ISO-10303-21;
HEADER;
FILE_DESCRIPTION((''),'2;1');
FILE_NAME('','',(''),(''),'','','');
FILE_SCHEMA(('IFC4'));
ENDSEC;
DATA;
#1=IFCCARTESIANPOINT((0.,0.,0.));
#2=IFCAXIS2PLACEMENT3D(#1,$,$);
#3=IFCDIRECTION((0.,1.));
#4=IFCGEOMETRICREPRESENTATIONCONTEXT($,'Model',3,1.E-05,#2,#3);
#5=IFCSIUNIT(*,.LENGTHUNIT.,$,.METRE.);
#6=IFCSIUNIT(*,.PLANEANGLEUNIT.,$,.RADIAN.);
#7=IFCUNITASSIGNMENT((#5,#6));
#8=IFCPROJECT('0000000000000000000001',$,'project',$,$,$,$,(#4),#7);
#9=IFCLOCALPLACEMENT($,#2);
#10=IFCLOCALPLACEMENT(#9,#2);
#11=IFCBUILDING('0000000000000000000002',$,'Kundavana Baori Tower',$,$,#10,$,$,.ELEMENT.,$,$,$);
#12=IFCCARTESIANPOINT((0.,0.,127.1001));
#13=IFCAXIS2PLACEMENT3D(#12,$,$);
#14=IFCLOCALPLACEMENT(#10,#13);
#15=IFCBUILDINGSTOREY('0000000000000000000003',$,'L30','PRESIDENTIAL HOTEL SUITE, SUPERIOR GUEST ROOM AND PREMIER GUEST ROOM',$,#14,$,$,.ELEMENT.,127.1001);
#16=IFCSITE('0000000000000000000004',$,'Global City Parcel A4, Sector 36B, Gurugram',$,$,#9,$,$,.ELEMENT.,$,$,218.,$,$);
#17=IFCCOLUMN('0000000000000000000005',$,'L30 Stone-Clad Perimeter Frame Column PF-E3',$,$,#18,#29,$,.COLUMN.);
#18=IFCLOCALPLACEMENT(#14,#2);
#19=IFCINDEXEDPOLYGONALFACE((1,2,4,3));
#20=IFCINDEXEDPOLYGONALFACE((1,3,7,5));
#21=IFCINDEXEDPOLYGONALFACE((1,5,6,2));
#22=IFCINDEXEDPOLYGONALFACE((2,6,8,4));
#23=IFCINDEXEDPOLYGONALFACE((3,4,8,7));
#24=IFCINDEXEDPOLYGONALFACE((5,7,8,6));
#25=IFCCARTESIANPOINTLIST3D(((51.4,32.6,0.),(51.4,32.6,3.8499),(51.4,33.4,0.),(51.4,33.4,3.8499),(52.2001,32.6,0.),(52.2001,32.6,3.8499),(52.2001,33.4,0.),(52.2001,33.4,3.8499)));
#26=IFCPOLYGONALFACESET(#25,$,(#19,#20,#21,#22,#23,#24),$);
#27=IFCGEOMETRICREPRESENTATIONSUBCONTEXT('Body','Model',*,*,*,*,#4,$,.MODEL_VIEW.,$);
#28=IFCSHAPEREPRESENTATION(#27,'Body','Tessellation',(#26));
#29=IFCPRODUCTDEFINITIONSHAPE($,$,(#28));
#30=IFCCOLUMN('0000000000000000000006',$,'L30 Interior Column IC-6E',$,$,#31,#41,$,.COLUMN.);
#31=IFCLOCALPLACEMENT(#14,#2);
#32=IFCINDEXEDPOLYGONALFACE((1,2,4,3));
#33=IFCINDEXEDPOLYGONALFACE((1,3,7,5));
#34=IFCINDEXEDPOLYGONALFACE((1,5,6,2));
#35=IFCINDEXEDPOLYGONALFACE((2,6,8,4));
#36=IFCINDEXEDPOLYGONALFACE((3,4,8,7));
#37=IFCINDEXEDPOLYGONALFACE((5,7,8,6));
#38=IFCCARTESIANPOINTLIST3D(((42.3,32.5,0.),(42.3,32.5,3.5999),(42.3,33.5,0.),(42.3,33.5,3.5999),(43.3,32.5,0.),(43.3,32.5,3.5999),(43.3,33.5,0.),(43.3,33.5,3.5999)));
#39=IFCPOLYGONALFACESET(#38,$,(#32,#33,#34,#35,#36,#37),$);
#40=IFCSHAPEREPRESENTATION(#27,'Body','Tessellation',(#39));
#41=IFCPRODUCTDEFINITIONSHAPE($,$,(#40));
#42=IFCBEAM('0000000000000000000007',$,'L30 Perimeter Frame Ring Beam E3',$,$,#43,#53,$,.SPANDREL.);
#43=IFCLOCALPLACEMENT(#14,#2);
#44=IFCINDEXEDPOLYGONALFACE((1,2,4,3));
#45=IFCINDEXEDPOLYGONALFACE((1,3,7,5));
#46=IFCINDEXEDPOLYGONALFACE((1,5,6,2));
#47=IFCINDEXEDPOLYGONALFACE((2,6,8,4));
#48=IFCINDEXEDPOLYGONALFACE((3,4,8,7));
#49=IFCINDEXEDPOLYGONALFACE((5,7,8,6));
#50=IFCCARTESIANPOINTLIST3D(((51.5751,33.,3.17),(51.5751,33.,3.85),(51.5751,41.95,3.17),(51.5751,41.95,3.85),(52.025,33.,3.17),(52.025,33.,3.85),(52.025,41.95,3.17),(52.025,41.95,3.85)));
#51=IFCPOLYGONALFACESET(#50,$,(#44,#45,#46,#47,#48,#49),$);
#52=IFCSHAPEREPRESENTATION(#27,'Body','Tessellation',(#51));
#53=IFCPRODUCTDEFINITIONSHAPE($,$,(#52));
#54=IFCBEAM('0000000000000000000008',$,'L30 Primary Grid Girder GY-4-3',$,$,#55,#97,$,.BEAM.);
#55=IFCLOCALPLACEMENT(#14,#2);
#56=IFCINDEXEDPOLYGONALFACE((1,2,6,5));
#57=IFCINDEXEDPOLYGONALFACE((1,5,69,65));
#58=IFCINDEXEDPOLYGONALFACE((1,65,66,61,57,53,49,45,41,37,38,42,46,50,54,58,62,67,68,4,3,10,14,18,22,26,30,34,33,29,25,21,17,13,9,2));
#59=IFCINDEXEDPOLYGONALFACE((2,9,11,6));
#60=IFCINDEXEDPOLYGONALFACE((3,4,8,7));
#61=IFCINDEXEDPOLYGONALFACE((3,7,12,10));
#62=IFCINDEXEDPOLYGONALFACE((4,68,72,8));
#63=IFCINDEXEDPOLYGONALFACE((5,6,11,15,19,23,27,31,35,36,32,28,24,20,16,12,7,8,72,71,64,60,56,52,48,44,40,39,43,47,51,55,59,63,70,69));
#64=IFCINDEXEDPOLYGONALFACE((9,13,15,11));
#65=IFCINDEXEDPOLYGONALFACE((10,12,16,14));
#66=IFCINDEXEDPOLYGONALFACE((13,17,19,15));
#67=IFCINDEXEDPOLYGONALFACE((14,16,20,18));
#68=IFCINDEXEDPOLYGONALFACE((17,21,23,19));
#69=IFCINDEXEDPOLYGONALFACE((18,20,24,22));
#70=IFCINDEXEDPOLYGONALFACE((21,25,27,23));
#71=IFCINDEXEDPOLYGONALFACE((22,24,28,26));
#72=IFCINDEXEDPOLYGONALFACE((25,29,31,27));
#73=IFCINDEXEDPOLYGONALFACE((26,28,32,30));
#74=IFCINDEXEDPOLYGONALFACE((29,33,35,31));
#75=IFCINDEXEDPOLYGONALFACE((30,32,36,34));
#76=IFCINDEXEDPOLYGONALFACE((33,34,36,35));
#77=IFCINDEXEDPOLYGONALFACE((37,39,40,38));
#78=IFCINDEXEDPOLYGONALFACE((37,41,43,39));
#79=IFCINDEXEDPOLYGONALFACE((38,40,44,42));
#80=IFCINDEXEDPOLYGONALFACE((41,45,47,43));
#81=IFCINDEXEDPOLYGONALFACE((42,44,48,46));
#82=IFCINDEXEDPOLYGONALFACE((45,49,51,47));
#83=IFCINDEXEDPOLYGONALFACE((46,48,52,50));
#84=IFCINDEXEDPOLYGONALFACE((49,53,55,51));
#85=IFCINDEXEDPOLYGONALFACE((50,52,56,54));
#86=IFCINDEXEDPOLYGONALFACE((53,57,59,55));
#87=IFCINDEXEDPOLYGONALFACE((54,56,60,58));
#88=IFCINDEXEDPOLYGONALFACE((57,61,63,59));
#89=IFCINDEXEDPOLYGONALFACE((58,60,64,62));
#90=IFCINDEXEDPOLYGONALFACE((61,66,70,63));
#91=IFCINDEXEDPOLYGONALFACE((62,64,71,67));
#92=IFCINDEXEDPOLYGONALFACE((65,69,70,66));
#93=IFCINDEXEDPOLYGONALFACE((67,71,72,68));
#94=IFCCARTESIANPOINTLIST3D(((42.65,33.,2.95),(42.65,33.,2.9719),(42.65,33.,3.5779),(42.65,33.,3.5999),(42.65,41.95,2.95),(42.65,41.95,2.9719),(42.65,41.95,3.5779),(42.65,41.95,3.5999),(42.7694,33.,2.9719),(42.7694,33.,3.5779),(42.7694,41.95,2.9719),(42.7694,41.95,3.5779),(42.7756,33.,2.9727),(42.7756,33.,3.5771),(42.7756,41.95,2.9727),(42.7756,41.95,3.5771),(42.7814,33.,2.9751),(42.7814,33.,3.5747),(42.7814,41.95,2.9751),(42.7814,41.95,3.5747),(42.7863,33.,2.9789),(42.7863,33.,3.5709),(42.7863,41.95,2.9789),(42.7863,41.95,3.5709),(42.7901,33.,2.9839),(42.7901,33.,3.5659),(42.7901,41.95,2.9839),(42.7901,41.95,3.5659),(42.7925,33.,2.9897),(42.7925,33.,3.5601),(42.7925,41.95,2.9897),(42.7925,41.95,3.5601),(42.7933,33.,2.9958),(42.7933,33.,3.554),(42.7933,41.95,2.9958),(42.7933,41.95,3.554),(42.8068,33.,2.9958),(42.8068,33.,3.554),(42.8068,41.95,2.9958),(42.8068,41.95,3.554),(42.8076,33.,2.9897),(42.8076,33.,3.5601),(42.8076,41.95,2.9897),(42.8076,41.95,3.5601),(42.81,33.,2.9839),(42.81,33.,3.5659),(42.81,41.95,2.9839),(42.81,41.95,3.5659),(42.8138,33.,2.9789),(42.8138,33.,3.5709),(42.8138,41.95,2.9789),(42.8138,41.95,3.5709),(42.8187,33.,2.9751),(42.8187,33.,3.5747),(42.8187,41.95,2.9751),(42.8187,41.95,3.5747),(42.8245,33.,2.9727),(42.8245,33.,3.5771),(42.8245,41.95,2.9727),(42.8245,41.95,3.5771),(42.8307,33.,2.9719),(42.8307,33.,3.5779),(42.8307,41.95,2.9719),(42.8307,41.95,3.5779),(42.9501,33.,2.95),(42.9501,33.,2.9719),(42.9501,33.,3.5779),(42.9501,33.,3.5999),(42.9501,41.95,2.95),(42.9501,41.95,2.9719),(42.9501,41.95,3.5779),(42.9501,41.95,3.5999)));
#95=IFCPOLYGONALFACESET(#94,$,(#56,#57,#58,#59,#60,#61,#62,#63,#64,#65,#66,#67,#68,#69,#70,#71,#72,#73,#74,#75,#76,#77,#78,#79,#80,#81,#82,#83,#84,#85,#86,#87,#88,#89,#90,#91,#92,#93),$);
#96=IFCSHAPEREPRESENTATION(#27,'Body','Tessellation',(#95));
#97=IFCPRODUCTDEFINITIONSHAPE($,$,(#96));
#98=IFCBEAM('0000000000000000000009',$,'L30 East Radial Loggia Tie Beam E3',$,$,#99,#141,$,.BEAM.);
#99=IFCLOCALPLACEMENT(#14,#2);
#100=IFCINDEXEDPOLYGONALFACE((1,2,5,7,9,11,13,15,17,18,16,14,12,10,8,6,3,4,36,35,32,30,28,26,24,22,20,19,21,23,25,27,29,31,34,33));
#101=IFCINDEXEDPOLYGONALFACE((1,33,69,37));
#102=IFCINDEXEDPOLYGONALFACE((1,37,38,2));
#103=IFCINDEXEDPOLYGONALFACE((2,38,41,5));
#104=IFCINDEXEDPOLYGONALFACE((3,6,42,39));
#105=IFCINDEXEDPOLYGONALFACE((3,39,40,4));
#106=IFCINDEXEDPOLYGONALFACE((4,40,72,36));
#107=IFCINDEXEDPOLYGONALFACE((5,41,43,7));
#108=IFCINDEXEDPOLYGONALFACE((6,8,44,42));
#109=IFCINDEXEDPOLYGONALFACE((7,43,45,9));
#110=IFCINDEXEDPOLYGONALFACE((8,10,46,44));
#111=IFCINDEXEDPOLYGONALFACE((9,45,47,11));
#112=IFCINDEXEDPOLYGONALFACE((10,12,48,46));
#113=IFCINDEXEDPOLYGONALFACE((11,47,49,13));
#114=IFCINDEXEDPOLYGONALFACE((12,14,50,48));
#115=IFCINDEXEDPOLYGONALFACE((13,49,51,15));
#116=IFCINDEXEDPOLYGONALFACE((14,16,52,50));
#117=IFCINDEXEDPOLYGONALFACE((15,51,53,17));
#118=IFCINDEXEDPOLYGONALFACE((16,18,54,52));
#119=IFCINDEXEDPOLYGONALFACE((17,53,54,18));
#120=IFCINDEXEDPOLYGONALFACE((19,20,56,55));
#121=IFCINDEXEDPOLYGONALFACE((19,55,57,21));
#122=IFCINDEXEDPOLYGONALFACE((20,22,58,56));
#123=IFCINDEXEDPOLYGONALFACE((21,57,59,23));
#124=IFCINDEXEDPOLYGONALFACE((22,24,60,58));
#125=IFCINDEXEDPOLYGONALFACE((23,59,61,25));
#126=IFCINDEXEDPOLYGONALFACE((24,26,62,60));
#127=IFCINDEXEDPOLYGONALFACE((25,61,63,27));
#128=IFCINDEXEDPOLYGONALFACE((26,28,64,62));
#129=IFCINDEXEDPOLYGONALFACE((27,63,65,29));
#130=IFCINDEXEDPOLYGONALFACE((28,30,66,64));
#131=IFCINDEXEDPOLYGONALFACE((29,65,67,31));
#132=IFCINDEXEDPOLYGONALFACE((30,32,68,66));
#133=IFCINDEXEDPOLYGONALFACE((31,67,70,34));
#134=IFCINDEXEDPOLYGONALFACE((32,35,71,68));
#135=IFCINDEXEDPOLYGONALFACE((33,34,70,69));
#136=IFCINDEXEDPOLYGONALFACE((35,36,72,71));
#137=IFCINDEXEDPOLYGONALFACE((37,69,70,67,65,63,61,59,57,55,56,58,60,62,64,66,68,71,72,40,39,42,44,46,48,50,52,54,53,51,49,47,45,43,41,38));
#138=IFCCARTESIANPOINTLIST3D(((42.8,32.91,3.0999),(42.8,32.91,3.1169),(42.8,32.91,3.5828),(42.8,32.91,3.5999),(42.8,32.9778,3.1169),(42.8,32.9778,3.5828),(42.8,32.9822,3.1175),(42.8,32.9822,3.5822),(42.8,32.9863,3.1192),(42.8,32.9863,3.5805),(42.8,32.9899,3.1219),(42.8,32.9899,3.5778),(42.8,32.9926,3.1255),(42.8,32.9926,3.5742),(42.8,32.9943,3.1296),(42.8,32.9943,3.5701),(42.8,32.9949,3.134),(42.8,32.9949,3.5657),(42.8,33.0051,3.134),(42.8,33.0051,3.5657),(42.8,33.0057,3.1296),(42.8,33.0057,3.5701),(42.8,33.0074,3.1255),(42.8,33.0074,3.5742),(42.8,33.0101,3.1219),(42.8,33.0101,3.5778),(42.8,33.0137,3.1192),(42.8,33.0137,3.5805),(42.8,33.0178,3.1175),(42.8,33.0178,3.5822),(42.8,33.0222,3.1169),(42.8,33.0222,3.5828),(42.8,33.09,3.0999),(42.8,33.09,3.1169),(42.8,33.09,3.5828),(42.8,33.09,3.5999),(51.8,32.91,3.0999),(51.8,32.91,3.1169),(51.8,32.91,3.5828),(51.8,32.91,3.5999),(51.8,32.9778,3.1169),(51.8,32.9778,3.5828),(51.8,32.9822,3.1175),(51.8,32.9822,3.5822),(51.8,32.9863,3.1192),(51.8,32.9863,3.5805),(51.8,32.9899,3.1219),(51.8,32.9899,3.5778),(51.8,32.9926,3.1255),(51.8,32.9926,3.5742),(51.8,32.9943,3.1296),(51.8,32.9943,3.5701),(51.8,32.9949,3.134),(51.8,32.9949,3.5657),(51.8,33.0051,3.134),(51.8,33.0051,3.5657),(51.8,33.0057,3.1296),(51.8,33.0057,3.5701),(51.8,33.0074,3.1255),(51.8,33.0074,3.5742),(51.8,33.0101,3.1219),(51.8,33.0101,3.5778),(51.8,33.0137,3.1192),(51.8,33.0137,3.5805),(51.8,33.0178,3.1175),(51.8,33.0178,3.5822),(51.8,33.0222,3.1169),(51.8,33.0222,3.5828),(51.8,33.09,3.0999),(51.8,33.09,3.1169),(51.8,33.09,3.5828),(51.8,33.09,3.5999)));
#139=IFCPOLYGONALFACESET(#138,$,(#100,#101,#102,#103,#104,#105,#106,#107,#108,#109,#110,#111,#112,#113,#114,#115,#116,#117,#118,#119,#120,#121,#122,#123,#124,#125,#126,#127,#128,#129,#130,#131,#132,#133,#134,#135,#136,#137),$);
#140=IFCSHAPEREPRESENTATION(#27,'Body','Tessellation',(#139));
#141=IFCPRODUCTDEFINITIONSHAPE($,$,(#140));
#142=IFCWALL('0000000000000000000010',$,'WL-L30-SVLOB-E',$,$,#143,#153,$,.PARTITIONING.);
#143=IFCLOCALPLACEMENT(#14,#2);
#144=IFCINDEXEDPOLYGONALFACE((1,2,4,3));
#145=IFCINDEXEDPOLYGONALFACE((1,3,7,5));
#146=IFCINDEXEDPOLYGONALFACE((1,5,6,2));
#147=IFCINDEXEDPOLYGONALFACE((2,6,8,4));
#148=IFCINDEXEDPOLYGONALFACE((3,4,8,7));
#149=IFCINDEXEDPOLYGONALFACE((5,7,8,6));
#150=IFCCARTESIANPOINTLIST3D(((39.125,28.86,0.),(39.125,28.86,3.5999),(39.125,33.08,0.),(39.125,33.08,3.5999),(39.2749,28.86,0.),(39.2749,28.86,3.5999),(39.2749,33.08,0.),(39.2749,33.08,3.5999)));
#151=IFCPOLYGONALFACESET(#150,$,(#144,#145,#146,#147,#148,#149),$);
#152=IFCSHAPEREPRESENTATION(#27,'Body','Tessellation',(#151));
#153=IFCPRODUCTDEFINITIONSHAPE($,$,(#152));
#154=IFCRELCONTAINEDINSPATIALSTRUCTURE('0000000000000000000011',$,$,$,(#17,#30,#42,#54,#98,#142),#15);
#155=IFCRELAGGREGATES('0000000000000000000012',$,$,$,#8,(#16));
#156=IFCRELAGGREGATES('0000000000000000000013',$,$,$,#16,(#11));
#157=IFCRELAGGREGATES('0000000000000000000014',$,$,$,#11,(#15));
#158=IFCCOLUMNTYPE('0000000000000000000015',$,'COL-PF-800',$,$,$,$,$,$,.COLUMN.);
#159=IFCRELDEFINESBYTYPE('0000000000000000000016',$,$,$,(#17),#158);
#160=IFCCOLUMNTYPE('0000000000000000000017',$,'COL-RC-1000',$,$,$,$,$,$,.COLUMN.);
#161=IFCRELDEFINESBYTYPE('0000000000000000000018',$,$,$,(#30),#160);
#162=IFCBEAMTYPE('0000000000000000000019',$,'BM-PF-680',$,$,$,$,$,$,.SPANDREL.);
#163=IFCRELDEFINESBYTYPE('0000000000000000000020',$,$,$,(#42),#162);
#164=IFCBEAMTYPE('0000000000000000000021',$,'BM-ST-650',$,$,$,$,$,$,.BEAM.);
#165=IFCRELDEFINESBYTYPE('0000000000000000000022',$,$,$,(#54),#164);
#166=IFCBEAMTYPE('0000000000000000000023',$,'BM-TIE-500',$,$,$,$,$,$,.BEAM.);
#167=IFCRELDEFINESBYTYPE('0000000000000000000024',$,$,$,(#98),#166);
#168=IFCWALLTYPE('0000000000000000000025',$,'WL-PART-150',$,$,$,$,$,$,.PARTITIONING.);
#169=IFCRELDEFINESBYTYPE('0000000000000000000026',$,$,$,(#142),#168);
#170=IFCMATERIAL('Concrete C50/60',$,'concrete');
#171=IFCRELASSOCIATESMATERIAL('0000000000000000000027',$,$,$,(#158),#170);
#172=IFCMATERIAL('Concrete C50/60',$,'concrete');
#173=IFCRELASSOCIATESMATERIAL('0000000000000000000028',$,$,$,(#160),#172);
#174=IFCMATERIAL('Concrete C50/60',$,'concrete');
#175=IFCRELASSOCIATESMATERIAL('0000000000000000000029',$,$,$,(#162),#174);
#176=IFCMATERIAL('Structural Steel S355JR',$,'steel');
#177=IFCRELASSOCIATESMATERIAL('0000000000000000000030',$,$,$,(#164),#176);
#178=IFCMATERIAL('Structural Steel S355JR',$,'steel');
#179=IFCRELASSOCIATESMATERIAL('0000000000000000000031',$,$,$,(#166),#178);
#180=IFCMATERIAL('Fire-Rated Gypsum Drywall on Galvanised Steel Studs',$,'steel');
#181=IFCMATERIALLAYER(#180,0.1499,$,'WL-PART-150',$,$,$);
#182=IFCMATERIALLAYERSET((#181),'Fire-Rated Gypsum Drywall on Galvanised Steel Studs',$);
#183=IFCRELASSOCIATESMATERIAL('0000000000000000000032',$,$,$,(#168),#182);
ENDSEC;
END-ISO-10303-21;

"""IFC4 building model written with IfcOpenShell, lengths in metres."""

from ifc_helpers import new_model, si_unit, direction, frame, frame_2d, origin, origin_2d, place, context, subcontext, project, spatial, rectangle, i_section, extrude, material, layer, layer_set, material_profile, profile_set, type_object, element, save


model = new_model("IFC4")

# Units and contexts
model_context = context("Model", 3, precision=1e-05, world=origin(), true_north=direction((0.0, 1.0)))
body_context = subcontext(model_context, "Body", "Model", "MODEL_VIEW")
ifc_project = project(units=[si_unit("LENGTHUNIT", "METRE"), si_unit("PLANEANGLEUNIT", "RADIAN")], contexts=[model_context])

# Site, building, storey
site_placement = place(None, origin())
site = spatial("IfcSite", under=ifc_project, at=site_placement, Name="Global City Parcel A4, Sector 36B, Gurugram", CompositionType="ELEMENT", RefElevation=218.0)
building_placement = place(site_placement, origin())
building = spatial("IfcBuilding", under=site, at=building_placement, Name="Kundavana Baori Tower", CompositionType="ELEMENT")
storey_placement = place(building_placement, frame((0.0, 0.0, 127.1001)))
storey = spatial("IfcBuildingStorey", under=building, at=storey_placement, Name="L30", Description="PRESIDENTIAL HOTEL SUITE, SUPERIOR GUEST ROOM AND PREMIER GUEST ROOM", CompositionType="ELEMENT", Elevation=127.1001)

# Columns
ifc_material_1 = material(Name="Concrete C50/60", Category="concrete")
ifc_material_profile_1 = material_profile(ifc_material_1, rectangle(XDim=0.8, YDim=0.8, at=origin_2d()), Name="RC PF 800x800")
ifc_profile_set_1 = profile_set([ifc_material_profile_1], Name="Concrete C50/60")
column_type_1 = type_object("IfcColumnType", Name="COL-PF-800", PredefinedType="COLUMN", material=ifc_profile_set_1)
column_1_placement = place(storey_placement, frame((51.8, 33.0, 0.0), z_axis=(0.0, 0.0, 1.0), x_axis=(1.0, 0.0, 0.0)))
element("IfcColumn", 1, at=column_1_placement, inside=storey, type_object=column_type_1, Name="L30 Stone-Clad Perimeter Frame Column PF-E3", PredefinedType="COLUMN", context=body_context, shape_type="SweptSolid", body=[
    extrude(rectangle(XDim=0.8, YDim=0.8, at=origin_2d()), origin(), (0.0, 0.0, 1.0), 3.8499),
])
ifc_material_2 = material(Name="Concrete C50/60", Category="concrete")
ifc_material_profile_2 = material_profile(ifc_material_2, rectangle(XDim=1.0, YDim=1.0, at=origin_2d()), Name="RC 1000x1000")
ifc_profile_set_2 = profile_set([ifc_material_profile_2], Name="Concrete C50/60")
column_type_2 = type_object("IfcColumnType", Name="COL-RC-1000", PredefinedType="COLUMN", material=ifc_profile_set_2)
column_2_placement = place(storey_placement, frame((42.8, 33.0, 0.0), z_axis=(0.0, 0.0, 1.0), x_axis=(1.0, 0.0, 0.0)))
element("IfcColumn", 2, at=column_2_placement, inside=storey, type_object=column_type_2, Name="L30 Interior Column IC-6E", PredefinedType="COLUMN", context=body_context, shape_type="SweptSolid", body=[
    extrude(rectangle(XDim=1.0, YDim=1.0, at=origin_2d()), origin(), (0.0, 0.0, 1.0), 3.5999),
])

# Beams
ifc_material_3 = material(Name="Concrete C50/60", Category="concrete")
ifc_material_profile_3 = material_profile(ifc_material_3, rectangle(XDim=0.45, YDim=0.6799, at=origin_2d()), Name="RC BM 450x680")
ifc_profile_set_3 = profile_set([ifc_material_profile_3], Name="Concrete C50/60")
beam_type_1 = type_object("IfcBeamType", Name="BM-PF-680", PredefinedType="SPANDREL", material=ifc_profile_set_3)
beam_1_placement = place(storey_placement, frame((51.8, 33.0, 3.51), z_axis=(0.0, 1.0, 0.0), x_axis=(-1.0, 0.0, 0.0)))
element("IfcBeam", 3, at=beam_1_placement, inside=storey, type_object=beam_type_1, Name="L30 Perimeter Frame Ring Beam E3", PredefinedType="SPANDREL", context=body_context, shape_type="SweptSolid", body=[
    extrude(rectangle(XDim=0.45, YDim=0.6799, at=origin_2d()), origin(), (0.0, 0.0, 1.0), 8.95),
])
ifc_material_4 = material(Name="Structural Steel S355JR", Category="steel")
ifc_material_profile_4 = material_profile(ifc_material_4, i_section(OverallWidth=0.3, OverallDepth=0.6499, WebThickness=0.0134, FlangeThickness=0.022, FilletRadius=0.0239, at=origin_2d()), Name="NPB 650x300x155")
ifc_profile_set_4 = profile_set([ifc_material_profile_4], Name="Structural Steel S355JR")
beam_type_2 = type_object("IfcBeamType", Name="BM-ST-650", PredefinedType="BEAM", material=ifc_profile_set_4)
beam_2_placement = place(storey_placement, frame((42.8, 33.0, 3.2749), z_axis=(0.0, 1.0, 0.0), x_axis=(-1.0, 0.0, 0.0)))
element("IfcBeam", 4, at=beam_2_placement, inside=storey, type_object=beam_type_2, Name="L30 Primary Grid Girder GY-4-3", PredefinedType="BEAM", context=body_context, shape_type="SweptSolid", body=[
    extrude(i_section(OverallWidth=0.3, OverallDepth=0.6499, WebThickness=0.0134, FlangeThickness=0.022, FilletRadius=0.0239, at=origin_2d()), origin(), (0.0, 0.0, 1.0), 8.95),
])
ifc_material_5 = material(Name="Structural Steel S355JR", Category="steel")
ifc_material_profile_5 = material_profile(ifc_material_5, i_section(OverallWidth=0.1799, OverallDepth=0.5, WebThickness=0.0103, FlangeThickness=0.0171, FilletRadius=0.0171, at=origin_2d()), Name="ISMB 500")
ifc_profile_set_5 = profile_set([ifc_material_profile_5], Name="Structural Steel S355JR")
beam_type_3 = type_object("IfcBeamType", Name="BM-TIE-500", PredefinedType="BEAM", material=ifc_profile_set_5)
beam_3_placement = place(storey_placement, frame((42.8, 33.0, 3.3499), z_axis=(1.0, 0.0, 0.0), x_axis=(0.0, 1.0, 0.0)))
element("IfcBeam", 5, at=beam_3_placement, inside=storey, type_object=beam_type_3, Name="L30 East Radial Loggia Tie Beam E3", PredefinedType="BEAM", context=body_context, shape_type="SweptSolid", body=[
    extrude(i_section(OverallWidth=0.1799, OverallDepth=0.5, WebThickness=0.0103, FlangeThickness=0.0171, FilletRadius=0.0171, at=origin_2d()), origin(), (0.0, 0.0, 1.0), 9.0),
])

# Wall
ifc_material_6 = material(Name="Fire-Rated Gypsum Drywall on Galvanised Steel Studs", Category="steel")
ifc_layer_1 = layer(ifc_material_6, 0.1499, Name="WL-PART-150")
ifc_layer_set_1 = layer_set([ifc_layer_1], Name="Fire-Rated Gypsum Drywall on Galvanised Steel Studs")
wall_type_1 = type_object("IfcWallType", Name="WL-PART-150", PredefinedType="PARTITIONING", material=ifc_layer_set_1)
wall_1_placement = place(storey_placement, frame((39.2, 28.8601, 0.0), z_axis=(0.0, 0.0, 1.0), x_axis=(0.0, 1.0, 0.0)))
element("IfcWall", 6, at=wall_1_placement, inside=storey, type_object=wall_type_1, Name="WL-L30-SVLOB-E", PredefinedType="PARTITIONING", context=body_context, shape_type="SweptSolid", body=[
    extrude(rectangle(XDim=4.22, YDim=0.1499, at=frame_2d((2.1099, 0.0))), origin(), (0.0, 0.0, 1.0), 3.5999),
])

save(model, "model.ifc")
